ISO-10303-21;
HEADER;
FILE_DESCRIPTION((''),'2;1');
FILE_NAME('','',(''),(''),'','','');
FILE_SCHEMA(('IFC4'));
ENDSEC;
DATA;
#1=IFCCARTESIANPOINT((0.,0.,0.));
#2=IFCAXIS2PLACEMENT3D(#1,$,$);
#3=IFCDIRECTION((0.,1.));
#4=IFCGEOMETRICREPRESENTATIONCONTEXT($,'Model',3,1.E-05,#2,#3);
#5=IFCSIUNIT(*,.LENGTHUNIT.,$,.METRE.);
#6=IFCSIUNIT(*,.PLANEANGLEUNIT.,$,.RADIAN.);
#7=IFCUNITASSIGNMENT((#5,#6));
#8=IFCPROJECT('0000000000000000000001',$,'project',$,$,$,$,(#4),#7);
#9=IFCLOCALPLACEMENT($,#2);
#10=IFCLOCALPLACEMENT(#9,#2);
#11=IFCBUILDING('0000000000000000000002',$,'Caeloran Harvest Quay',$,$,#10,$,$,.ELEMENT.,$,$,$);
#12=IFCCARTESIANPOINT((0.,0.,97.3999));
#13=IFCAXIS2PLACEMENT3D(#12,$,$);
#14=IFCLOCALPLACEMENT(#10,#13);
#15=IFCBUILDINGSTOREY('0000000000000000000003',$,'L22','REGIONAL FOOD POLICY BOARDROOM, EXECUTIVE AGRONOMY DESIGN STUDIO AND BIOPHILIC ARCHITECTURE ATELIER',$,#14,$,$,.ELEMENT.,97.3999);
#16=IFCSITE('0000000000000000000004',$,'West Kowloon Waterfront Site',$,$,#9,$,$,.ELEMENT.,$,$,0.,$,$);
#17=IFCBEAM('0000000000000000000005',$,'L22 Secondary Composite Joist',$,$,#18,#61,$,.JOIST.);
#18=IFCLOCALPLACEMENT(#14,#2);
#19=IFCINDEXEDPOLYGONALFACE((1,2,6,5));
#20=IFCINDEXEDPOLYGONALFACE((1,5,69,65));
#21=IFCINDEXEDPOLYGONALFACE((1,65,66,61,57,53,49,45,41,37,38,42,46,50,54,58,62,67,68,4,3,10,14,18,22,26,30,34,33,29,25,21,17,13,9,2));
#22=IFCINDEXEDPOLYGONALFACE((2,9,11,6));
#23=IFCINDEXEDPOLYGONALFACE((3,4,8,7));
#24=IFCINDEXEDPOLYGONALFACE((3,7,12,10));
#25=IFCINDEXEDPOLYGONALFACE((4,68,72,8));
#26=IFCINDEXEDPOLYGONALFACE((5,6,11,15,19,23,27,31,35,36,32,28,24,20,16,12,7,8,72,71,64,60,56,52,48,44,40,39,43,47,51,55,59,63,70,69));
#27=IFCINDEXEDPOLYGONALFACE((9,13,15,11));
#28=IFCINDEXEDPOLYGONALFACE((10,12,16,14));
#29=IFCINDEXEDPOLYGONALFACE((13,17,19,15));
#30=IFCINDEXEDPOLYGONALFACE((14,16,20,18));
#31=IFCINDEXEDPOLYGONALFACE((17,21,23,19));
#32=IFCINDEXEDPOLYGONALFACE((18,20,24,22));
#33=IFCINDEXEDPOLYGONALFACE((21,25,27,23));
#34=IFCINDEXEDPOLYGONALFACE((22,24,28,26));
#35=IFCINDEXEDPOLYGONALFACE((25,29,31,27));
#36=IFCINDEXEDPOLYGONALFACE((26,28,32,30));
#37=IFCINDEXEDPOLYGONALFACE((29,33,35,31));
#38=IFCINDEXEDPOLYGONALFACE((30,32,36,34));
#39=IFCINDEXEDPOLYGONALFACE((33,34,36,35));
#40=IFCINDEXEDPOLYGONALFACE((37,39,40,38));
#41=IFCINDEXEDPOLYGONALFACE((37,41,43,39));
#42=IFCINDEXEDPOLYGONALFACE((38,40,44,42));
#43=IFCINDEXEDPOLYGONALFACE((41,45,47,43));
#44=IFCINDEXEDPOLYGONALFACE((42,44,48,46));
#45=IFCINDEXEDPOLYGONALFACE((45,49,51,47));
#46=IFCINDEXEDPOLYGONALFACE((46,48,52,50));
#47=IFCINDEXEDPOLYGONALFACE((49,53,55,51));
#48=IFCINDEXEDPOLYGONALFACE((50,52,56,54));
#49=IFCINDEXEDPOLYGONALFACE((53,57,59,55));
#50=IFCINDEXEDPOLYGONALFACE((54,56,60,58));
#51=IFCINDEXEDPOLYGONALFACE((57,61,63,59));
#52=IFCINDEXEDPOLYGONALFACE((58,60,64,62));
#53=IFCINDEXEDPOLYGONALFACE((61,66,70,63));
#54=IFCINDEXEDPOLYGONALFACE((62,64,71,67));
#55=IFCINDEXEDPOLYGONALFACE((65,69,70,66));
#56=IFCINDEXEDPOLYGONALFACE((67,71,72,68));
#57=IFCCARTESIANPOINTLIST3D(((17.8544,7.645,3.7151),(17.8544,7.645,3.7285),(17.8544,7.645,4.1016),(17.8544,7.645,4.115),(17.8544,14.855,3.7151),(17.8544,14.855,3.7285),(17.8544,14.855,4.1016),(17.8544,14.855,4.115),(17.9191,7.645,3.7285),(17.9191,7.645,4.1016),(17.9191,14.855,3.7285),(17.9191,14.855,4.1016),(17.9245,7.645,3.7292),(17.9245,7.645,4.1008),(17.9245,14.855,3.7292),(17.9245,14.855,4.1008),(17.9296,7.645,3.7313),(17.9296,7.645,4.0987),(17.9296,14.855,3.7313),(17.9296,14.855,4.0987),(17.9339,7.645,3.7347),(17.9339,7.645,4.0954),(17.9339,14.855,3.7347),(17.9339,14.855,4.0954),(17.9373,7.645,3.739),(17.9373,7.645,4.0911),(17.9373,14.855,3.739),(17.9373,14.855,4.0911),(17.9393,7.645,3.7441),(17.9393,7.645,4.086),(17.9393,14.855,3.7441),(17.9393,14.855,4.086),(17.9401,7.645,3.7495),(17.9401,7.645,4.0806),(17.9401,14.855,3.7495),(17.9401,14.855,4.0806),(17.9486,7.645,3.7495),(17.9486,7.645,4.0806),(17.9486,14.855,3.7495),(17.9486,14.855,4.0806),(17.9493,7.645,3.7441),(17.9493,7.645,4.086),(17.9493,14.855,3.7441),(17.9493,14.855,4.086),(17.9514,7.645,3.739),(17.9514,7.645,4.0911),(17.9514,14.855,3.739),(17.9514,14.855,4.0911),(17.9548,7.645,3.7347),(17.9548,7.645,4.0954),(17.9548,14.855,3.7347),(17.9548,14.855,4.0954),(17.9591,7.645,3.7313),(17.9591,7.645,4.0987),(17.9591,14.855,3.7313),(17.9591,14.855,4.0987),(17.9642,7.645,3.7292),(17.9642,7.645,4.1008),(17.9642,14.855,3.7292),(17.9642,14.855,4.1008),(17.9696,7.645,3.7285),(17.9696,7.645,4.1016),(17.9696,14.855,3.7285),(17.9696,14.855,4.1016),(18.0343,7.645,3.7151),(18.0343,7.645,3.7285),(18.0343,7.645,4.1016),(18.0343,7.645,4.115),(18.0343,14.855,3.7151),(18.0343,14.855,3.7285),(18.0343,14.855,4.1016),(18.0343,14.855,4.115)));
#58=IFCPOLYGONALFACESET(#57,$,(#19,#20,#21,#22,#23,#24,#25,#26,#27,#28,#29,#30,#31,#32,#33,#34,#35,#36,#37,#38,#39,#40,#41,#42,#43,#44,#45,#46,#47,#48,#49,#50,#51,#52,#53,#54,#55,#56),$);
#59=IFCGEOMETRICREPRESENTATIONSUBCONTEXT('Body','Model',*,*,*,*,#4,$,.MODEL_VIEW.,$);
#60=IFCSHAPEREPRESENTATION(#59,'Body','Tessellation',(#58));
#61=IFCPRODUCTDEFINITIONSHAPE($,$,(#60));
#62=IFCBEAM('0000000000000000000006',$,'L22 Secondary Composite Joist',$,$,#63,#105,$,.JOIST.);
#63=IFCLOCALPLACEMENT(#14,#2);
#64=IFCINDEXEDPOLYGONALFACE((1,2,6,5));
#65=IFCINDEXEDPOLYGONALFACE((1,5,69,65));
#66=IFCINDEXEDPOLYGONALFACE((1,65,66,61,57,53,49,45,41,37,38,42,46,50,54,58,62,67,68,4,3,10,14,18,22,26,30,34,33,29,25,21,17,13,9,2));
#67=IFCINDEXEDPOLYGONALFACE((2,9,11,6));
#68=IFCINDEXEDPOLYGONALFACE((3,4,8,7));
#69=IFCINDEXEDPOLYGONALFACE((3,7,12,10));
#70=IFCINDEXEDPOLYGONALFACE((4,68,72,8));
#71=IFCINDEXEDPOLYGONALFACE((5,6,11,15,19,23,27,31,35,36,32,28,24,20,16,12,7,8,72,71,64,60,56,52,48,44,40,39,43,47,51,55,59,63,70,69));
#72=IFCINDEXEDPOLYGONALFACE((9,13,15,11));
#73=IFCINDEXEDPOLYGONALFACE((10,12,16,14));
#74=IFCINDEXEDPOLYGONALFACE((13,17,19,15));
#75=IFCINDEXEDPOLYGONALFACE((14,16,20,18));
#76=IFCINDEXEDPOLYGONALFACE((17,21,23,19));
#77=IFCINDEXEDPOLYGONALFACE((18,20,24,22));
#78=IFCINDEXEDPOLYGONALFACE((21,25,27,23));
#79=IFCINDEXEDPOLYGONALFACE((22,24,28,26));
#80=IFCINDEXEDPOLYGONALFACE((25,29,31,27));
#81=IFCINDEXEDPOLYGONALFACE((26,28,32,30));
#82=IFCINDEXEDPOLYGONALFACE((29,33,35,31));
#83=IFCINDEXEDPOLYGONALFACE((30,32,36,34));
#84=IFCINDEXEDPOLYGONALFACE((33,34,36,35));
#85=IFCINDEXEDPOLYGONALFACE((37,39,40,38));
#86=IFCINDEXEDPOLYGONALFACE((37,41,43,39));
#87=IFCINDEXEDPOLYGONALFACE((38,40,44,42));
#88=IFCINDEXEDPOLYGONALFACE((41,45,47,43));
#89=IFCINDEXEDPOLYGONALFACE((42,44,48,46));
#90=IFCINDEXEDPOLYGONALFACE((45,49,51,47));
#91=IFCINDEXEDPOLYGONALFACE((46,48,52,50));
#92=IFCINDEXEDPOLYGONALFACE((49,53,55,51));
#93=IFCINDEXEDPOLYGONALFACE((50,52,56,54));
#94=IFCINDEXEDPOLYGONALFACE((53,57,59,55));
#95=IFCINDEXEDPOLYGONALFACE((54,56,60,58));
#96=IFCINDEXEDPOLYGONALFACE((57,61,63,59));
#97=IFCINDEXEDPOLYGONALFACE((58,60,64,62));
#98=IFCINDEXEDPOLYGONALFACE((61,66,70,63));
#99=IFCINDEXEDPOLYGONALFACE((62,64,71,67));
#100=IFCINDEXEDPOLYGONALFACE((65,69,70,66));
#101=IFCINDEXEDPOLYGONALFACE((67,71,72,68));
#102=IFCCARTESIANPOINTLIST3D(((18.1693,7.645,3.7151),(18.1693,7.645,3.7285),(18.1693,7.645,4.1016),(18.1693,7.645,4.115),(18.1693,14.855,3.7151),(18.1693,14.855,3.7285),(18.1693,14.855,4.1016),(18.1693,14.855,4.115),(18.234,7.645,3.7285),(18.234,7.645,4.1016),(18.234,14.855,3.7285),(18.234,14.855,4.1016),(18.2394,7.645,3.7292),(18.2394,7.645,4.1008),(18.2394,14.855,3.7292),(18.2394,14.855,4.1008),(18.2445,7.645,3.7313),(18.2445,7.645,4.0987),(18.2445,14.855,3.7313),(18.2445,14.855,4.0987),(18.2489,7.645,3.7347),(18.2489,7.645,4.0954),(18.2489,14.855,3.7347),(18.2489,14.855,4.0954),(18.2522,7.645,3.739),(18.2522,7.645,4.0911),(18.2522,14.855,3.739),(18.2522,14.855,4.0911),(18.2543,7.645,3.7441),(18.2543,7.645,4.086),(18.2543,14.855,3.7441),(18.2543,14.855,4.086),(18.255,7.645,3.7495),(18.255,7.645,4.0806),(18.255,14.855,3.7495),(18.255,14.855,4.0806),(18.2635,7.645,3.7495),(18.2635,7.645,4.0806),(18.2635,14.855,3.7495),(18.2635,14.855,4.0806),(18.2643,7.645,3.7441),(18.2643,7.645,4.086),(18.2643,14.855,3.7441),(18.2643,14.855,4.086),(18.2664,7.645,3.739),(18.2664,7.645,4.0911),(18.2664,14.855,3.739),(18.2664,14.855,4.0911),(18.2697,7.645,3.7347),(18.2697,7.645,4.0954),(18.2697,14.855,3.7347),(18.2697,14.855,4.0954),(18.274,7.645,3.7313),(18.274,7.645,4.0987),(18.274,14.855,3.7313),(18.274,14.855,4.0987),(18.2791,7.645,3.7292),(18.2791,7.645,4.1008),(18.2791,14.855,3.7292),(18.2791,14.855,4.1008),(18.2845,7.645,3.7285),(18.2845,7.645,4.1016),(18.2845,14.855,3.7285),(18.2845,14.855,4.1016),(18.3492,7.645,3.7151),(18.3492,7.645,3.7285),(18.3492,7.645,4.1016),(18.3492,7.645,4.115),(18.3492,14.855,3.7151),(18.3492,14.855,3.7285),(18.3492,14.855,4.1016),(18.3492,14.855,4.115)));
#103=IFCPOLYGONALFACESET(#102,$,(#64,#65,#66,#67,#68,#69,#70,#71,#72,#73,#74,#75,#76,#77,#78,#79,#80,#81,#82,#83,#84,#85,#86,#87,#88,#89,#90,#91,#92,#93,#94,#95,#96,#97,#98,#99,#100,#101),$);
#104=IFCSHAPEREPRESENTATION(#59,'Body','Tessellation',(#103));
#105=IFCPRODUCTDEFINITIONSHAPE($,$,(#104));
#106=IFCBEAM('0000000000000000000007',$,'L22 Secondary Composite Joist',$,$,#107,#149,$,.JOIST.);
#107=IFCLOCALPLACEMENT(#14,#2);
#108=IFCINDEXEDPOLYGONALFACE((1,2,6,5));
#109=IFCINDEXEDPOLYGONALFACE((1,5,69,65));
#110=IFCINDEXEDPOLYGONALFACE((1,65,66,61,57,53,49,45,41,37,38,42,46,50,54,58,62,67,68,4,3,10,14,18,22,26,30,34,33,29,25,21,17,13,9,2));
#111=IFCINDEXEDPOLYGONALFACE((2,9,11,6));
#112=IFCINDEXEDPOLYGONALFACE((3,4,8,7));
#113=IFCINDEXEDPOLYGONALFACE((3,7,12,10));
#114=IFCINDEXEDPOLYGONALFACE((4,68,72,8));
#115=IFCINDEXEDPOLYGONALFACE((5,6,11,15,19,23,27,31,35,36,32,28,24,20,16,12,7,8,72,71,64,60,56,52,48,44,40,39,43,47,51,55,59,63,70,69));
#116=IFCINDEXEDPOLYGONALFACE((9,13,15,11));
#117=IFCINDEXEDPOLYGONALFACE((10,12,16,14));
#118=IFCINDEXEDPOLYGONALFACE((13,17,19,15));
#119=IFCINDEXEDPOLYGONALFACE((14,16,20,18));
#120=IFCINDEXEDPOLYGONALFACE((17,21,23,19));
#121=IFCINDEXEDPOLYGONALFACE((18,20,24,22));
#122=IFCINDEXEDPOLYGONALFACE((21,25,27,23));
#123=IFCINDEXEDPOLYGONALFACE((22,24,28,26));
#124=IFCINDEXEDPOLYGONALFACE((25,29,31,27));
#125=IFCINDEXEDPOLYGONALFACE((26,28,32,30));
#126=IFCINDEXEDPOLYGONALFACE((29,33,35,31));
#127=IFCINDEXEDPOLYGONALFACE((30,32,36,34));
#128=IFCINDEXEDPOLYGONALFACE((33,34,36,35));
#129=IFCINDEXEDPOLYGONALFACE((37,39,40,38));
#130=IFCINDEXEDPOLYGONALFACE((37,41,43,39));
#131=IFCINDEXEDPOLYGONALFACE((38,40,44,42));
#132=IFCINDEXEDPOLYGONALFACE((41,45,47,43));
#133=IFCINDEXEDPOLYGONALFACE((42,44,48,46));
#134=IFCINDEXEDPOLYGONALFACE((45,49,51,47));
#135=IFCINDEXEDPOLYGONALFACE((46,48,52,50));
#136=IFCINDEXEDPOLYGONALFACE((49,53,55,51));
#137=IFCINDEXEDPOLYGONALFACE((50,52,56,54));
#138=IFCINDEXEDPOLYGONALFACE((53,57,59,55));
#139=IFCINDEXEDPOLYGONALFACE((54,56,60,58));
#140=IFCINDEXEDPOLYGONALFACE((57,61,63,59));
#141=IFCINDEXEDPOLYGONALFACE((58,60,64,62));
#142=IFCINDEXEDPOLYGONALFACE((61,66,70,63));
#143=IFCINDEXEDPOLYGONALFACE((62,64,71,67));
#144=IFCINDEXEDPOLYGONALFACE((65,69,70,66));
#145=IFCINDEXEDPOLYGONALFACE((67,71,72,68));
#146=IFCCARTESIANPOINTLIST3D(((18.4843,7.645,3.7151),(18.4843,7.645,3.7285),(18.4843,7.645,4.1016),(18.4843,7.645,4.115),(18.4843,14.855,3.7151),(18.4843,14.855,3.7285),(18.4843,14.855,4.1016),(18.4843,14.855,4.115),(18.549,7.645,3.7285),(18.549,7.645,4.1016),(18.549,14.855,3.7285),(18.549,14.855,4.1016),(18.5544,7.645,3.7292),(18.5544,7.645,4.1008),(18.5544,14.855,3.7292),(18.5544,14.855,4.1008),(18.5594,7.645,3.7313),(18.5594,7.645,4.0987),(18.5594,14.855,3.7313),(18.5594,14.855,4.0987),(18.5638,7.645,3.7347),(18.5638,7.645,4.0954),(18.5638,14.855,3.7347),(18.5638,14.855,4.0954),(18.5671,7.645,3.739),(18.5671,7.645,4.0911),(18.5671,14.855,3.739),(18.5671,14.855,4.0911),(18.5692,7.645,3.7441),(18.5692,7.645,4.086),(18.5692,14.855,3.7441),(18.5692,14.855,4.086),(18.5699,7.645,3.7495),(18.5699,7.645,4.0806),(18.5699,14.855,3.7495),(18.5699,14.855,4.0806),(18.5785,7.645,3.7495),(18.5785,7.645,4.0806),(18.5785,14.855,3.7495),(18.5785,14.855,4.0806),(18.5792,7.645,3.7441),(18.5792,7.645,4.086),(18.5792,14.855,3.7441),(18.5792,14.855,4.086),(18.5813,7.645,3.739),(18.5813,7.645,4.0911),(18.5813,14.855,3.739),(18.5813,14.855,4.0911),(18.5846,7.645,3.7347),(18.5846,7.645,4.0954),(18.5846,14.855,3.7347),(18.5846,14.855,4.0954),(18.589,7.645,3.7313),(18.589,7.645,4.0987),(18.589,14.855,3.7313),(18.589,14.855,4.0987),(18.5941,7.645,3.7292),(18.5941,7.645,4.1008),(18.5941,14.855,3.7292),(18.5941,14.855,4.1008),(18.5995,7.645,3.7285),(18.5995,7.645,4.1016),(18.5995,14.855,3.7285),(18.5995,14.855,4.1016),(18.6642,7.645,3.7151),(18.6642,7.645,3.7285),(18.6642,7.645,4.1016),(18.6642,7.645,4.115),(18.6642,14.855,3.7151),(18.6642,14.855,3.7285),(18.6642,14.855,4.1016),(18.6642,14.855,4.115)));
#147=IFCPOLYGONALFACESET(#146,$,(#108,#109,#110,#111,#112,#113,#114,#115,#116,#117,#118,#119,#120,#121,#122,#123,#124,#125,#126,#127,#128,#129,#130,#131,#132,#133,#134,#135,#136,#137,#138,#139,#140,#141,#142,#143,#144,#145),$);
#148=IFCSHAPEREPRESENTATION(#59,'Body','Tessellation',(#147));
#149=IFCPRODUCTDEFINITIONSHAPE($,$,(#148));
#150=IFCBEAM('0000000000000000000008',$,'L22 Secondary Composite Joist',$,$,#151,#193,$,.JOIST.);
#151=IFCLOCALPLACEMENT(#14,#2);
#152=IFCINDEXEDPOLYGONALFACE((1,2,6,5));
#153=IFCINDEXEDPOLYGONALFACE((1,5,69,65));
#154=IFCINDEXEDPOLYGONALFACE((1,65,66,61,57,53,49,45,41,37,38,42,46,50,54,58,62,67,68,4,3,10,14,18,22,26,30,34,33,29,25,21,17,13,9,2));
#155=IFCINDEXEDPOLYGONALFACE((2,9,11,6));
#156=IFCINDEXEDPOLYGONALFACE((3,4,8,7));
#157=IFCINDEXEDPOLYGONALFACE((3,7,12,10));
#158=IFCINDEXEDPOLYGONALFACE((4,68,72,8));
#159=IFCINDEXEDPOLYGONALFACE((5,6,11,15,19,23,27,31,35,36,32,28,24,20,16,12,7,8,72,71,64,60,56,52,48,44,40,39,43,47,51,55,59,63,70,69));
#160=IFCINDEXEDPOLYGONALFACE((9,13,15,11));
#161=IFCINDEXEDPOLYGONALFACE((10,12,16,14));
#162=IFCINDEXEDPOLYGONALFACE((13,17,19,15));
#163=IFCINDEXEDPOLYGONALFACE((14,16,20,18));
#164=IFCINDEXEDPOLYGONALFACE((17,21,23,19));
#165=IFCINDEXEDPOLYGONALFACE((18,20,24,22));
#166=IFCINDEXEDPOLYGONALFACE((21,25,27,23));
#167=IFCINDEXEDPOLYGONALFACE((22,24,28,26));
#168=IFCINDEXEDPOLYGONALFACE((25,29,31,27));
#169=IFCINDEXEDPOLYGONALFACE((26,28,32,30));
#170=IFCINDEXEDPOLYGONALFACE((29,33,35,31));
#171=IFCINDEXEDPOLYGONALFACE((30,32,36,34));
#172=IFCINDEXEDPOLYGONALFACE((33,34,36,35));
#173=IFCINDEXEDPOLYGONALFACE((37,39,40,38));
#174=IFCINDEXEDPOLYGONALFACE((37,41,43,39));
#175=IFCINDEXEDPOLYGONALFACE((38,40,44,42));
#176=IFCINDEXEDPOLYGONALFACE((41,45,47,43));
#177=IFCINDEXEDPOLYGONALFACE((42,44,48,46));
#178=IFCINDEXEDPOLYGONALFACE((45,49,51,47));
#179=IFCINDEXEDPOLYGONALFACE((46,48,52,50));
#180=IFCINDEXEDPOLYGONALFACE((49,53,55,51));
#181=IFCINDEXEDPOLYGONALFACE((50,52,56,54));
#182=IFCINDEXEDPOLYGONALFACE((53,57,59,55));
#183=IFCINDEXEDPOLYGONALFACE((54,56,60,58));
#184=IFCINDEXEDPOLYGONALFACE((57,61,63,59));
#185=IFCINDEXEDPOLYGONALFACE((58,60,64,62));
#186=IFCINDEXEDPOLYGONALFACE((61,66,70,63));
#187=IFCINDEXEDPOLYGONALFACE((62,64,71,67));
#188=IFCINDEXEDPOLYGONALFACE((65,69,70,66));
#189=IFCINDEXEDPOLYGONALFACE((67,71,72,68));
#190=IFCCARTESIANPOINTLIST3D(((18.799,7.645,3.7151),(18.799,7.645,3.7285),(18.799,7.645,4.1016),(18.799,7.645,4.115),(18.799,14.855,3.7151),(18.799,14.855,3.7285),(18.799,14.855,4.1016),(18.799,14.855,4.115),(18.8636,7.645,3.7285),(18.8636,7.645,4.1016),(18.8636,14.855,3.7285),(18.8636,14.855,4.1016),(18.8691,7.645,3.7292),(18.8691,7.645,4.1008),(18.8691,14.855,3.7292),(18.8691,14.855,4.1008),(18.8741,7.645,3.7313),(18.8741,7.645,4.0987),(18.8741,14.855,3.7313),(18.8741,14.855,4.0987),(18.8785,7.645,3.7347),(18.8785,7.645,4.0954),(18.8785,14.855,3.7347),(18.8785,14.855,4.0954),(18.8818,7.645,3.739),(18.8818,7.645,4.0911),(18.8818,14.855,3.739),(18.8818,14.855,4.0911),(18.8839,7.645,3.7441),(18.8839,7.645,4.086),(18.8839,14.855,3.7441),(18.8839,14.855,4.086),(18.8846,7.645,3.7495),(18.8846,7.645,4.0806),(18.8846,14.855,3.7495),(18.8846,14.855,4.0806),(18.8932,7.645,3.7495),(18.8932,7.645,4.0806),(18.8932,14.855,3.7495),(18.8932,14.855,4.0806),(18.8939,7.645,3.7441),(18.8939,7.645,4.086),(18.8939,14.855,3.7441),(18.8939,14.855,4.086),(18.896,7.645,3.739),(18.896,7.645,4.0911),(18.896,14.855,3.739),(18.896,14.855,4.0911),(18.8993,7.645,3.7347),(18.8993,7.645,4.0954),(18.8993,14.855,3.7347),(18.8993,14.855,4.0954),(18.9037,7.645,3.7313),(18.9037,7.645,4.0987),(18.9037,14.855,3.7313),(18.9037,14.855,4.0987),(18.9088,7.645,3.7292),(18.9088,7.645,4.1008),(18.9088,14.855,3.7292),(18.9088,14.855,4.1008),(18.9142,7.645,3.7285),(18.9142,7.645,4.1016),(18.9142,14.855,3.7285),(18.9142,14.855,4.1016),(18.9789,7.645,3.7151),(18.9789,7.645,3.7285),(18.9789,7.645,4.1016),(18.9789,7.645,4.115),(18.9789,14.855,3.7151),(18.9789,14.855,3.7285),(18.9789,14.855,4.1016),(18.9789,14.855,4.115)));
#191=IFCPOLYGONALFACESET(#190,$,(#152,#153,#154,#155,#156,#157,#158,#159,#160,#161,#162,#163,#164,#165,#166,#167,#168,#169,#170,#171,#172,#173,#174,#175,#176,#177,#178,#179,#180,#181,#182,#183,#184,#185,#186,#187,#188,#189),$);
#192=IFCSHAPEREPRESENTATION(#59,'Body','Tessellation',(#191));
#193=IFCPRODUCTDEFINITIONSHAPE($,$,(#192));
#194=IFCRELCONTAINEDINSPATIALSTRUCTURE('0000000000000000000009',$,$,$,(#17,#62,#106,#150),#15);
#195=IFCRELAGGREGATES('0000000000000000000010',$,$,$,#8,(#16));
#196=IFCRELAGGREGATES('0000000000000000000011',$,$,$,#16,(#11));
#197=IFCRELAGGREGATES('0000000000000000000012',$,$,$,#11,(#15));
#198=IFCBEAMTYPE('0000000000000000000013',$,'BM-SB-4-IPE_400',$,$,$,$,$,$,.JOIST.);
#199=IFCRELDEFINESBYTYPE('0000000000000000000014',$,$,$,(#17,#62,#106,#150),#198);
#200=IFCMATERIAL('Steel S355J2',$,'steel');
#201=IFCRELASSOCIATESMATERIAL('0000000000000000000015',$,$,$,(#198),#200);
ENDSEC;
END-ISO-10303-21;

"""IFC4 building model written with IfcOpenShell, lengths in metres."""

from ifc_helpers import new_model, si_unit, direction, frame, origin, origin_2d, place, context, subcontext, project, spatial, i_section, extrude, material, material_profile, profile_set, type_object, element, save


model = new_model("IFC4")

# Units and contexts
model_context = context("Model", 3, precision=1e-05, world=origin(), true_north=direction((0.0, 1.0)))
body_context = subcontext(model_context, "Body", "Model", "MODEL_VIEW")
ifc_project = project(units=[si_unit("LENGTHUNIT", "METRE"), si_unit("PLANEANGLEUNIT", "RADIAN")], contexts=[model_context])

# Site, building, storey
site_placement = place(None, origin())
site = spatial("IfcSite", under=ifc_project, at=site_placement, Name="West Kowloon Waterfront Site", CompositionType="ELEMENT", RefElevation=0.0)
building_placement = place(site_placement, origin())
building = spatial("IfcBuilding", under=site, at=building_placement, Name="Caeloran Harvest Quay", CompositionType="ELEMENT")
storey_placement = place(building_placement, frame((0.0, 0.0, 97.3999)))
storey = spatial("IfcBuildingStorey", under=building, at=storey_placement, Name="L22", Description="REGIONAL FOOD POLICY BOARDROOM, EXECUTIVE AGRONOMY DESIGN STUDIO AND BIOPHILIC ARCHITECTURE ATELIER", CompositionType="ELEMENT", Elevation=97.3999)

# Beams
ifc_material = material(Name="Steel S355J2", Category="steel")
ifc_material_profile_1 = material_profile(ifc_material, i_section(OverallWidth=0.1799, OverallDepth=0.3999, WebThickness=0.0085, FlangeThickness=0.0134, FilletRadius=0.021, at=origin_2d()), Name="IPE 400")
ifc_profile_set_1 = profile_set([ifc_material_profile_1], Name="Steel S355J2")
beam_type_1 = type_object("IfcBeamType", Name="BM-SB-4-IPE_400", PredefinedType="JOIST", material=ifc_profile_set_1)
for number, where, z_axis, x_axis, name in (
    (1, (17.9443, 7.645, 3.915), (0.0, 1.0, 0.0), (-1.0, 0.0, 0.0), "L22 Secondary Composite Joist"),
    (2, (18.2593, 7.645, 3.915), (0.0, 1.0, 0.0), (-1.0, 0.0, 0.0), "L22 Secondary Composite Joist"),
    (3, (18.5742, 7.645, 3.915), (0.0, 1.0, 0.0), (-1.0, 0.0, 0.0), "L22 Secondary Composite Joist"),
    (4, (18.8889, 7.645, 3.915), (0.0, 1.0, 0.0), (-1.0, 0.0, 0.0), "L22 Secondary Composite Joist"),
):
    element("IfcBeam", number, at=place(storey_placement, frame(where, z_axis=z_axis, x_axis=x_axis)), inside=storey, type_object=beam_type_1, Name=name, PredefinedType="JOIST", context=body_context, shape_type="SweptSolid", body=[
        extrude(i_section(OverallWidth=0.1799, OverallDepth=0.3999, WebThickness=0.0085, FlangeThickness=0.0134, FilletRadius=0.021, at=origin_2d()), origin(), (0.0, 0.0, 1.0), 7.21),
    ])

save(model, "model.ifc")
